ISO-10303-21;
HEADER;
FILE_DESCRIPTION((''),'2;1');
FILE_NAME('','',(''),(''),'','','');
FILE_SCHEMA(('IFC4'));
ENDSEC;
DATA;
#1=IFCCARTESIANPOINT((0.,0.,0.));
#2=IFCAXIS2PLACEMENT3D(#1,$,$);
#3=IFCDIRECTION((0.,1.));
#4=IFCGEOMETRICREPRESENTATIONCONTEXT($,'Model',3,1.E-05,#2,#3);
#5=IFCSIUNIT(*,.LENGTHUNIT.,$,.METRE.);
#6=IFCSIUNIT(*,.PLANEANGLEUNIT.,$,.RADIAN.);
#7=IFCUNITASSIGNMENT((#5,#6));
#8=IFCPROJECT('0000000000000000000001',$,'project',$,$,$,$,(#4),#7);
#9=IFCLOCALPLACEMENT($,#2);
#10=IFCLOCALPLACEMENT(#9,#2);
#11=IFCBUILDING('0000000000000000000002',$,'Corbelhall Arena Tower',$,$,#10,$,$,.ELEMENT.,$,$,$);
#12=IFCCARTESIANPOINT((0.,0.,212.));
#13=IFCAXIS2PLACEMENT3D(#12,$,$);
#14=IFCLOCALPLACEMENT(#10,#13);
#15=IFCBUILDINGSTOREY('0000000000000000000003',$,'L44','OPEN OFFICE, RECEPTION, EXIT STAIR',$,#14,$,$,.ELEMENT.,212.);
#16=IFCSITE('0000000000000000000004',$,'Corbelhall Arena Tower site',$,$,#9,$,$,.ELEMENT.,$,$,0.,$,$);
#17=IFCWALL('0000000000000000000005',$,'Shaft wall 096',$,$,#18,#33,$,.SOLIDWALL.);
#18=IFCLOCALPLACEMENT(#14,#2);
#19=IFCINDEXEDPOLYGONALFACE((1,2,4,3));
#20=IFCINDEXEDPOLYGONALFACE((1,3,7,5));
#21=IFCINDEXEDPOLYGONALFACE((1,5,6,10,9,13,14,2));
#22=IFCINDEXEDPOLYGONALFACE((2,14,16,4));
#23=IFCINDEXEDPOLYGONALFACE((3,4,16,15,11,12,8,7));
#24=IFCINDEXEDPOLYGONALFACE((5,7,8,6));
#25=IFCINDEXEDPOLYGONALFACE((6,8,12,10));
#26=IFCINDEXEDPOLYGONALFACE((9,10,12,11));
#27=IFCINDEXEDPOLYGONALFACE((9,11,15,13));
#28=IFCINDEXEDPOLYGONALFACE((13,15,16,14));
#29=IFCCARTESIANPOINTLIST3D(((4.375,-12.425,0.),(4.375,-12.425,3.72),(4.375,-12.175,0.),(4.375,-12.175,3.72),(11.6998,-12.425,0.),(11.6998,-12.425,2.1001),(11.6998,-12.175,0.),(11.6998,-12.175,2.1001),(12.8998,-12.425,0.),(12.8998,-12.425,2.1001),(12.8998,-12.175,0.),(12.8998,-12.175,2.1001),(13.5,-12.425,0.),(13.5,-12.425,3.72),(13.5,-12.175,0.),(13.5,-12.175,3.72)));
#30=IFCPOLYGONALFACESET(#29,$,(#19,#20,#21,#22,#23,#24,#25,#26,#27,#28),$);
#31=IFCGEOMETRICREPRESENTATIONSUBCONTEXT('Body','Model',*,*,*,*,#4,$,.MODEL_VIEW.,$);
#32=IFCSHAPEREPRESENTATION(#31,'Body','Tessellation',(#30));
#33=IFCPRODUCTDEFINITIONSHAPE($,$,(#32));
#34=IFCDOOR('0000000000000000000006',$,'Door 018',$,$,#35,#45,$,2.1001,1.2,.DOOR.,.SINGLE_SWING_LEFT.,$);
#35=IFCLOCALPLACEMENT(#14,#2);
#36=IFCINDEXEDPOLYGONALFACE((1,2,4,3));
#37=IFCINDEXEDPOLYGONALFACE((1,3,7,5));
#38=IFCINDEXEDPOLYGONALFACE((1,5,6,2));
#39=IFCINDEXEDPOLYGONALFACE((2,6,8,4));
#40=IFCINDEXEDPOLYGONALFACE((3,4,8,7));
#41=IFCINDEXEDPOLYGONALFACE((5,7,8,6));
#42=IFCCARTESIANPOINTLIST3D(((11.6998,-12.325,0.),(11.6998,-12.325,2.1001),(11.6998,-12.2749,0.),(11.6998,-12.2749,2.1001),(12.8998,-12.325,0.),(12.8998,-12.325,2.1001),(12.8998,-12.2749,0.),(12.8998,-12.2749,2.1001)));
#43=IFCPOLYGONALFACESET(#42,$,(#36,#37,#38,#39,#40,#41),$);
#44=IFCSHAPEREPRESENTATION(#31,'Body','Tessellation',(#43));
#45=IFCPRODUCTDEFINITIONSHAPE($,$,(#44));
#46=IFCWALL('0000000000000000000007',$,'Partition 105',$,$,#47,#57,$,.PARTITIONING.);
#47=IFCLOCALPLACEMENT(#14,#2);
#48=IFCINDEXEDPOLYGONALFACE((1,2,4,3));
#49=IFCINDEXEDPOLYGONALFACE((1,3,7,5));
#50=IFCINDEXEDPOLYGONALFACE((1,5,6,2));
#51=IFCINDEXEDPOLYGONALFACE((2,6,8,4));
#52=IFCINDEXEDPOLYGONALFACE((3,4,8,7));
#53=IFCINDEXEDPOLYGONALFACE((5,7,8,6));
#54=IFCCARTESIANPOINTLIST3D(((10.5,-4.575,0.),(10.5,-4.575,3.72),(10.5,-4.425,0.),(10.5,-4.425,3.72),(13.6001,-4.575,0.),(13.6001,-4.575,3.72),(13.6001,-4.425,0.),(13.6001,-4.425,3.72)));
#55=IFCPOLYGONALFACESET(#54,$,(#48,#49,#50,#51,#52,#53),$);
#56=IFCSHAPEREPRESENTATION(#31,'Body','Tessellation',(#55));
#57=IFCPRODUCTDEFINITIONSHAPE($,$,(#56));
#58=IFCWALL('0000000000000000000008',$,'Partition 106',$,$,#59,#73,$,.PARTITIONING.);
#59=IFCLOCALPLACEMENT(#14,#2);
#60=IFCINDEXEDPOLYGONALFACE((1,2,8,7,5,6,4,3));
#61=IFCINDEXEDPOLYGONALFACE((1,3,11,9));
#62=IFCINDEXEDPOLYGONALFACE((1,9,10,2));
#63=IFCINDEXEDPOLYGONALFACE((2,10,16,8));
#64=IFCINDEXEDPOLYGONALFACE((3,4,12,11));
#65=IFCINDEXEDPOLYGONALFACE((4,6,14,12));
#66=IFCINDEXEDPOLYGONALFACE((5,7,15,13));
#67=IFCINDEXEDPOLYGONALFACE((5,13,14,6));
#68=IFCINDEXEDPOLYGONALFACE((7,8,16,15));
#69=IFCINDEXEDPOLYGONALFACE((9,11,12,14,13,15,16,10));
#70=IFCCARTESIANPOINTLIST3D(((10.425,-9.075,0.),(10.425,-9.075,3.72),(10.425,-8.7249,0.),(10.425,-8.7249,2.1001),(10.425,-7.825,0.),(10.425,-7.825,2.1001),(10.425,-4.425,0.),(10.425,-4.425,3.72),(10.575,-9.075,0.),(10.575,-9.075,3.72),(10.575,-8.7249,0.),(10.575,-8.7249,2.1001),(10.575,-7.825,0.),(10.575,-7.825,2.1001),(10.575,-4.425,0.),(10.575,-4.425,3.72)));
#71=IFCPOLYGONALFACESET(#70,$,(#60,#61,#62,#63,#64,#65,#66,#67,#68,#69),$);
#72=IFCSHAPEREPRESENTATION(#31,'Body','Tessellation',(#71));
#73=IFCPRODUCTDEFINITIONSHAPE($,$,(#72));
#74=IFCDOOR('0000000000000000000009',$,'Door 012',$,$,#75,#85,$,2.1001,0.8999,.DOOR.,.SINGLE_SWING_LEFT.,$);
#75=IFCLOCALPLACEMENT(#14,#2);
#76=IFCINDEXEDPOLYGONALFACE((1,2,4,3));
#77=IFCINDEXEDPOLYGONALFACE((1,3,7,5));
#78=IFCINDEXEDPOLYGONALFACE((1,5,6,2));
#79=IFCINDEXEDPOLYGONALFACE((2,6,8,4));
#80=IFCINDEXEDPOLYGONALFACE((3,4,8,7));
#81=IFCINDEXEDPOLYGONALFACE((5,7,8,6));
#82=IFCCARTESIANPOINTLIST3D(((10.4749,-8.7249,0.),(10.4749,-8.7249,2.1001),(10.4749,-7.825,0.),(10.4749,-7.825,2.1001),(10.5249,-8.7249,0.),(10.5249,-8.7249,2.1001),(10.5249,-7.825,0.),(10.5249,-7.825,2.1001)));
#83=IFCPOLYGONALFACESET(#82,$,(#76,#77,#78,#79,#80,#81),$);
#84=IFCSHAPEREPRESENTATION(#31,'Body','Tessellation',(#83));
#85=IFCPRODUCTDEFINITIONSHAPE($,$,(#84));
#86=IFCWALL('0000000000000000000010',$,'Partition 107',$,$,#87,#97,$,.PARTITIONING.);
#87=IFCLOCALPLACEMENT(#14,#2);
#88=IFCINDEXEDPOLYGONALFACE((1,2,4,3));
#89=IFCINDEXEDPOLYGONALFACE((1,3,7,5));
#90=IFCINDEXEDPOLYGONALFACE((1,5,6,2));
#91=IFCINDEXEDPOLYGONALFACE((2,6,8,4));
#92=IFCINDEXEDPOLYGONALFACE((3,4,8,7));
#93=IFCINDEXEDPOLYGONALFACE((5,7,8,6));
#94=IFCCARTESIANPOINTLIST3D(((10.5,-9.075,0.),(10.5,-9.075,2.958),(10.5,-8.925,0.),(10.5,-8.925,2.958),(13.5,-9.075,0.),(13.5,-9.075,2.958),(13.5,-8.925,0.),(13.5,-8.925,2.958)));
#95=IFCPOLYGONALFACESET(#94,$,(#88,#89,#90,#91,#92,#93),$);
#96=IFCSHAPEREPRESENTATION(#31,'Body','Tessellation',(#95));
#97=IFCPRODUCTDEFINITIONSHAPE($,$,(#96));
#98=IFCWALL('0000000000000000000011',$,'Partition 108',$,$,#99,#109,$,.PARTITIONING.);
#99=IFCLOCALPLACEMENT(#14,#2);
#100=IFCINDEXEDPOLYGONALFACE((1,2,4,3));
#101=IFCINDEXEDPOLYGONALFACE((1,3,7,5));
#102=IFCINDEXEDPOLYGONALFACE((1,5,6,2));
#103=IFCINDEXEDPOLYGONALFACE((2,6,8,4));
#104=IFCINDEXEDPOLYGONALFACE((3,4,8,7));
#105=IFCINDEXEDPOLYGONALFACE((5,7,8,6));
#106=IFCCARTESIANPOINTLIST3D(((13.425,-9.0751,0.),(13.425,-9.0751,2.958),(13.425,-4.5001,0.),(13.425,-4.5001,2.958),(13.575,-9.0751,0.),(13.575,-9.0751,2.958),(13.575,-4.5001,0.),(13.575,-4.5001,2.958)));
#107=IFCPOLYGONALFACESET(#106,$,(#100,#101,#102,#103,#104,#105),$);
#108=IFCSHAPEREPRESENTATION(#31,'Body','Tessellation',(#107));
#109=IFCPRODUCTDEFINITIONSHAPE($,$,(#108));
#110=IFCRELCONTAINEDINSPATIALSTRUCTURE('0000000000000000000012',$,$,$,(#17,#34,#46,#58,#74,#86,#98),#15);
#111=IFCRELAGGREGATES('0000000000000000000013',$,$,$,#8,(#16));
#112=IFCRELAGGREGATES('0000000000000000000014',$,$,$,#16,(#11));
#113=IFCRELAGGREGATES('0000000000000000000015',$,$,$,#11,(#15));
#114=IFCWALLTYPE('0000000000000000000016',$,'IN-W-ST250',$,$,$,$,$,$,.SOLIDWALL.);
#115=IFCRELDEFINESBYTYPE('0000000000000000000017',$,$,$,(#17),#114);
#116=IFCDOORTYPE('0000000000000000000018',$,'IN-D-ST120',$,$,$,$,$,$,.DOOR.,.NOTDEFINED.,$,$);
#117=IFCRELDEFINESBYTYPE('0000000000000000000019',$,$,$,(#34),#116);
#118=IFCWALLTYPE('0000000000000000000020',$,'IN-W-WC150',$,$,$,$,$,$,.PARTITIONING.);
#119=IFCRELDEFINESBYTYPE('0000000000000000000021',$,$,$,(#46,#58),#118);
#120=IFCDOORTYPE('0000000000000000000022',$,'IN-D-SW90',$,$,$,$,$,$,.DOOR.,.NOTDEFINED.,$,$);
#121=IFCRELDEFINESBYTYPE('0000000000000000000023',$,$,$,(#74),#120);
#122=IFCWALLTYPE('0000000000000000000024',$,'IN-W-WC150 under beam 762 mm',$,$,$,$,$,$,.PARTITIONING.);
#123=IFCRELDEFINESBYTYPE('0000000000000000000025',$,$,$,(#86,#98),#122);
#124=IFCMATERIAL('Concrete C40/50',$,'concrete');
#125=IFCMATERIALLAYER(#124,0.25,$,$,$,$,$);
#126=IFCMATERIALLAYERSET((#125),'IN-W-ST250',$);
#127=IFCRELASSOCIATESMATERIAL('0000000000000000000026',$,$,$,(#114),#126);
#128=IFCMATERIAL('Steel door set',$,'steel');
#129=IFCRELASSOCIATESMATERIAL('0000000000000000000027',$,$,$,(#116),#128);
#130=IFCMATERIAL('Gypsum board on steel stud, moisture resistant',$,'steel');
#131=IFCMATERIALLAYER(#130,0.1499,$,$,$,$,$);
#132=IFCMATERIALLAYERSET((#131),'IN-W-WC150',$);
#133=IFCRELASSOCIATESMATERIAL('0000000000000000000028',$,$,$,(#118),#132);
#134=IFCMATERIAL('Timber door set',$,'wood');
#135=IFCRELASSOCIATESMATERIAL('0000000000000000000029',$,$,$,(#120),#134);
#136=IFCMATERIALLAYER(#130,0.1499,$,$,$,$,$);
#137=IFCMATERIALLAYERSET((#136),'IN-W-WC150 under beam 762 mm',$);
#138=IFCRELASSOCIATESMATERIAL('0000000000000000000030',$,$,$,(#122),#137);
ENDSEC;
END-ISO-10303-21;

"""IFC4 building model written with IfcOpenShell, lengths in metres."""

from ifc_helpers import new_model, si_unit, direction, frame, frame_2d, origin, place, context, subcontext, project, spatial, rectangle, extrude, material, layer, layer_set, type_object, element, fill, save


model = new_model("IFC4")

# Units and contexts
model_context = context("Model", 3, precision=1e-05, world=origin(), true_north=direction((0.0, 1.0)))
body_context = subcontext(model_context, "Body", "Model", "MODEL_VIEW")
ifc_project = project(units=[si_unit("LENGTHUNIT", "METRE"), si_unit("PLANEANGLEUNIT", "RADIAN")], contexts=[model_context])

# Site, building, storey
site_placement = place(None, origin())
site = spatial("IfcSite", under=ifc_project, at=site_placement, Name="Corbelhall Arena Tower site", CompositionType="ELEMENT", RefElevation=0.0)
building_placement = place(site_placement, origin())
building = spatial("IfcBuilding", under=site, at=building_placement, Name="Corbelhall Arena Tower", CompositionType="ELEMENT")
storey_placement = place(building_placement, frame((0.0, 0.0, 212.0)))
storey = spatial("IfcBuildingStorey", under=building, at=storey_placement, Name="L44", Description="OPEN OFFICE, RECEPTION, EXIT STAIR", CompositionType="ELEMENT", Elevation=212.0)

# Shared definitions
ifc_material_1 = material(Name="Steel door set", Category="steel")

# Shared definitions
ifc_material_2 = material(Name="Concrete C40/50", Category="concrete")
ifc_layer_1 = layer(ifc_material_2, 0.25)
ifc_layer_set_1 = layer_set([ifc_layer_1], Name="IN-W-ST250")
wall_type_1 = type_object("IfcWallType", Name="IN-W-ST250", PredefinedType="SOLIDWALL", material=ifc_layer_set_1)

# Wall, opening, door
wall_1_placement = place(storey_placement, frame((13.5, -12.3, 0.0), z_axis=(0.0, 0.0, 1.0), x_axis=(-1.0, 0.0, 0.0)))
wall_1 = element("IfcWall", 1, at=wall_1_placement, inside=storey, type_object=wall_type_1, Name="Shaft wall 096", PredefinedType="SOLIDWALL", context=body_context, shape_type="SweptSolid", body=[
    extrude(rectangle(XDim=9.125, YDim=0.25, at=frame_2d((4.5625, 0.0))), origin(), (0.0, 0.0, 1.0), 3.72),
])
opening_1_placement = place(wall_1_placement, frame((0.6001, 0.0, 0.0)))
opening_1 = element("IfcOpeningElement", 2, at=opening_1_placement, cuts=wall_1, PredefinedType="OPENING", context=body_context, shape_type="SweptSolid", body=[
    extrude(rectangle(XDim=1.2, YDim=2.1001, at=frame_2d((0.6001, 1.05))), frame((0.0, 0.125, 0.0), z_axis=(0.0, -1.0, 0.0), x_axis=(1.0, 0.0, 0.0)), (0.0, 0.0, 1.0), 0.25),
])
door_type_1 = type_object("IfcDoorType", Name="IN-D-ST120", OperationType="NOTDEFINED", PredefinedType="DOOR", material=ifc_material_1)
door_1_placement = place(opening_1_placement, origin())
door_1 = element("IfcDoor", 3, at=door_1_placement, inside=storey, type_object=door_type_1, Name="Door 018", OperationType="SINGLE_SWING_LEFT", OverallHeight=2.1001, OverallWidth=1.2, PredefinedType="DOOR", context=body_context, shape_type="SweptSolid", body=[
    extrude(rectangle(XDim=1.2, YDim=2.1001, at=frame_2d((0.6001, 1.05))), frame((0.0, 0.0249, 0.0), z_axis=(0.0, -1.0, 0.0), x_axis=(1.0, 0.0, 0.0)), (0.0, 0.0, 1.0), 0.05),
])
fill(opening_1, door_1)

# Wall
ifc_material_3 = material(Name="Gypsum board on steel stud, moisture resistant", Category="steel")
ifc_layer_2 = layer(ifc_material_3, 0.1499)
ifc_layer_set_2 = layer_set([ifc_layer_2], Name="IN-W-WC150")
wall_type_2 = type_object("IfcWallType", Name="IN-W-WC150", PredefinedType="PARTITIONING", material=ifc_layer_set_2)
wall_2_placement = place(storey_placement, frame((10.5, -4.5, 0.0), z_axis=(0.0, 0.0, 1.0), x_axis=(1.0, 0.0, 0.0)))
element("IfcWall", 4, at=wall_2_placement, inside=storey, type_object=wall_type_2, Name="Partition 105", PredefinedType="PARTITIONING", context=body_context, shape_type="SweptSolid", body=[
    extrude(rectangle(XDim=3.1001, YDim=0.1499, at=frame_2d((1.55, 0.0))), origin(), (0.0, 0.0, 1.0), 3.72),
])

# Wall, opening, door
wall_3_placement = place(storey_placement, frame((10.5, -4.425, 0.0), z_axis=(0.0, 0.0, 1.0), x_axis=(0.0, -1.0, 0.0)))
wall_3 = element("IfcWall", 5, at=wall_3_placement, inside=storey, type_object=wall_type_2, Name="Partition 106", PredefinedType="PARTITIONING", context=body_context, shape_type="SweptSolid", body=[
    extrude(rectangle(XDim=4.6499, YDim=0.1499, at=frame_2d((2.325, 0.0))), origin(), (0.0, 0.0, 1.0), 3.72),
])
opening_2_placement = place(wall_3_placement, frame((3.3999, 0.0, 0.0)))
opening_2 = element("IfcOpeningElement", 6, at=opening_2_placement, cuts=wall_3, PredefinedType="OPENING", context=body_context, shape_type="SweptSolid", body=[
    extrude(rectangle(XDim=0.8999, YDim=2.1001, at=frame_2d((0.45, 1.05))), frame((0.0, 0.075, 0.0), z_axis=(0.0, -1.0, 0.0), x_axis=(1.0, 0.0, 0.0)), (0.0, 0.0, 1.0), 0.1499),
])
ifc_material_4 = material(Name="Timber door set", Category="wood")
door_type_2 = type_object("IfcDoorType", Name="IN-D-SW90", OperationType="NOTDEFINED", PredefinedType="DOOR", material=ifc_material_4)
door_2_placement = place(opening_2_placement, origin())
door_2 = element("IfcDoor", 7, at=door_2_placement, inside=storey, type_object=door_type_2, Name="Door 012", OperationType="SINGLE_SWING_LEFT", OverallHeight=2.1001, OverallWidth=0.8999, PredefinedType="DOOR", context=body_context, shape_type="SweptSolid", body=[
    extrude(rectangle(XDim=0.8999, YDim=2.1001, at=frame_2d((0.45, 1.05))), frame((0.0, 0.0249, 0.0), z_axis=(0.0, -1.0, 0.0), x_axis=(1.0, 0.0, 0.0)), (0.0, 0.0, 1.0), 0.05),
])
fill(opening_2, door_2)

# Walls
ifc_layer_3 = layer(ifc_material_3, 0.1499)
ifc_layer_set_3 = layer_set([ifc_layer_3], Name="IN-W-WC150 under beam 762 mm")
wall_type_3 = type_object("IfcWallType", Name="IN-W-WC150 under beam 762 mm", PredefinedType="PARTITIONING", material=ifc_layer_set_3)
wall_4_placement = place(storey_placement, frame((13.5, -9.0, 0.0), z_axis=(0.0, 0.0, 1.0), x_axis=(-1.0, 0.0, 0.0)))
element("IfcWall", 8, at=wall_4_placement, inside=storey, type_object=wall_type_3, Name="Partition 107", PredefinedType="PARTITIONING", context=body_context, shape_type="SweptSolid", body=[
    extrude(rectangle(XDim=3.0, YDim=0.1499, at=frame_2d((1.5, 0.0))), origin(), (0.0, 0.0, 1.0), 2.958),
])
wall_5_placement = place(storey_placement, frame((13.5, -4.5, 0.0), z_axis=(0.0, 0.0, 1.0), x_axis=(0.0, -1.0, 0.0)))
element("IfcWall", 9, at=wall_5_placement, inside=storey, type_object=wall_type_3, Name="Partition 108", PredefinedType="PARTITIONING", context=body_context, shape_type="SweptSolid", body=[
    extrude(rectangle(XDim=4.575, YDim=0.1499, at=frame_2d((2.2876, 0.0))), origin(), (0.0, 0.0, 1.0), 2.958),
])

save(model, "model.ifc")
